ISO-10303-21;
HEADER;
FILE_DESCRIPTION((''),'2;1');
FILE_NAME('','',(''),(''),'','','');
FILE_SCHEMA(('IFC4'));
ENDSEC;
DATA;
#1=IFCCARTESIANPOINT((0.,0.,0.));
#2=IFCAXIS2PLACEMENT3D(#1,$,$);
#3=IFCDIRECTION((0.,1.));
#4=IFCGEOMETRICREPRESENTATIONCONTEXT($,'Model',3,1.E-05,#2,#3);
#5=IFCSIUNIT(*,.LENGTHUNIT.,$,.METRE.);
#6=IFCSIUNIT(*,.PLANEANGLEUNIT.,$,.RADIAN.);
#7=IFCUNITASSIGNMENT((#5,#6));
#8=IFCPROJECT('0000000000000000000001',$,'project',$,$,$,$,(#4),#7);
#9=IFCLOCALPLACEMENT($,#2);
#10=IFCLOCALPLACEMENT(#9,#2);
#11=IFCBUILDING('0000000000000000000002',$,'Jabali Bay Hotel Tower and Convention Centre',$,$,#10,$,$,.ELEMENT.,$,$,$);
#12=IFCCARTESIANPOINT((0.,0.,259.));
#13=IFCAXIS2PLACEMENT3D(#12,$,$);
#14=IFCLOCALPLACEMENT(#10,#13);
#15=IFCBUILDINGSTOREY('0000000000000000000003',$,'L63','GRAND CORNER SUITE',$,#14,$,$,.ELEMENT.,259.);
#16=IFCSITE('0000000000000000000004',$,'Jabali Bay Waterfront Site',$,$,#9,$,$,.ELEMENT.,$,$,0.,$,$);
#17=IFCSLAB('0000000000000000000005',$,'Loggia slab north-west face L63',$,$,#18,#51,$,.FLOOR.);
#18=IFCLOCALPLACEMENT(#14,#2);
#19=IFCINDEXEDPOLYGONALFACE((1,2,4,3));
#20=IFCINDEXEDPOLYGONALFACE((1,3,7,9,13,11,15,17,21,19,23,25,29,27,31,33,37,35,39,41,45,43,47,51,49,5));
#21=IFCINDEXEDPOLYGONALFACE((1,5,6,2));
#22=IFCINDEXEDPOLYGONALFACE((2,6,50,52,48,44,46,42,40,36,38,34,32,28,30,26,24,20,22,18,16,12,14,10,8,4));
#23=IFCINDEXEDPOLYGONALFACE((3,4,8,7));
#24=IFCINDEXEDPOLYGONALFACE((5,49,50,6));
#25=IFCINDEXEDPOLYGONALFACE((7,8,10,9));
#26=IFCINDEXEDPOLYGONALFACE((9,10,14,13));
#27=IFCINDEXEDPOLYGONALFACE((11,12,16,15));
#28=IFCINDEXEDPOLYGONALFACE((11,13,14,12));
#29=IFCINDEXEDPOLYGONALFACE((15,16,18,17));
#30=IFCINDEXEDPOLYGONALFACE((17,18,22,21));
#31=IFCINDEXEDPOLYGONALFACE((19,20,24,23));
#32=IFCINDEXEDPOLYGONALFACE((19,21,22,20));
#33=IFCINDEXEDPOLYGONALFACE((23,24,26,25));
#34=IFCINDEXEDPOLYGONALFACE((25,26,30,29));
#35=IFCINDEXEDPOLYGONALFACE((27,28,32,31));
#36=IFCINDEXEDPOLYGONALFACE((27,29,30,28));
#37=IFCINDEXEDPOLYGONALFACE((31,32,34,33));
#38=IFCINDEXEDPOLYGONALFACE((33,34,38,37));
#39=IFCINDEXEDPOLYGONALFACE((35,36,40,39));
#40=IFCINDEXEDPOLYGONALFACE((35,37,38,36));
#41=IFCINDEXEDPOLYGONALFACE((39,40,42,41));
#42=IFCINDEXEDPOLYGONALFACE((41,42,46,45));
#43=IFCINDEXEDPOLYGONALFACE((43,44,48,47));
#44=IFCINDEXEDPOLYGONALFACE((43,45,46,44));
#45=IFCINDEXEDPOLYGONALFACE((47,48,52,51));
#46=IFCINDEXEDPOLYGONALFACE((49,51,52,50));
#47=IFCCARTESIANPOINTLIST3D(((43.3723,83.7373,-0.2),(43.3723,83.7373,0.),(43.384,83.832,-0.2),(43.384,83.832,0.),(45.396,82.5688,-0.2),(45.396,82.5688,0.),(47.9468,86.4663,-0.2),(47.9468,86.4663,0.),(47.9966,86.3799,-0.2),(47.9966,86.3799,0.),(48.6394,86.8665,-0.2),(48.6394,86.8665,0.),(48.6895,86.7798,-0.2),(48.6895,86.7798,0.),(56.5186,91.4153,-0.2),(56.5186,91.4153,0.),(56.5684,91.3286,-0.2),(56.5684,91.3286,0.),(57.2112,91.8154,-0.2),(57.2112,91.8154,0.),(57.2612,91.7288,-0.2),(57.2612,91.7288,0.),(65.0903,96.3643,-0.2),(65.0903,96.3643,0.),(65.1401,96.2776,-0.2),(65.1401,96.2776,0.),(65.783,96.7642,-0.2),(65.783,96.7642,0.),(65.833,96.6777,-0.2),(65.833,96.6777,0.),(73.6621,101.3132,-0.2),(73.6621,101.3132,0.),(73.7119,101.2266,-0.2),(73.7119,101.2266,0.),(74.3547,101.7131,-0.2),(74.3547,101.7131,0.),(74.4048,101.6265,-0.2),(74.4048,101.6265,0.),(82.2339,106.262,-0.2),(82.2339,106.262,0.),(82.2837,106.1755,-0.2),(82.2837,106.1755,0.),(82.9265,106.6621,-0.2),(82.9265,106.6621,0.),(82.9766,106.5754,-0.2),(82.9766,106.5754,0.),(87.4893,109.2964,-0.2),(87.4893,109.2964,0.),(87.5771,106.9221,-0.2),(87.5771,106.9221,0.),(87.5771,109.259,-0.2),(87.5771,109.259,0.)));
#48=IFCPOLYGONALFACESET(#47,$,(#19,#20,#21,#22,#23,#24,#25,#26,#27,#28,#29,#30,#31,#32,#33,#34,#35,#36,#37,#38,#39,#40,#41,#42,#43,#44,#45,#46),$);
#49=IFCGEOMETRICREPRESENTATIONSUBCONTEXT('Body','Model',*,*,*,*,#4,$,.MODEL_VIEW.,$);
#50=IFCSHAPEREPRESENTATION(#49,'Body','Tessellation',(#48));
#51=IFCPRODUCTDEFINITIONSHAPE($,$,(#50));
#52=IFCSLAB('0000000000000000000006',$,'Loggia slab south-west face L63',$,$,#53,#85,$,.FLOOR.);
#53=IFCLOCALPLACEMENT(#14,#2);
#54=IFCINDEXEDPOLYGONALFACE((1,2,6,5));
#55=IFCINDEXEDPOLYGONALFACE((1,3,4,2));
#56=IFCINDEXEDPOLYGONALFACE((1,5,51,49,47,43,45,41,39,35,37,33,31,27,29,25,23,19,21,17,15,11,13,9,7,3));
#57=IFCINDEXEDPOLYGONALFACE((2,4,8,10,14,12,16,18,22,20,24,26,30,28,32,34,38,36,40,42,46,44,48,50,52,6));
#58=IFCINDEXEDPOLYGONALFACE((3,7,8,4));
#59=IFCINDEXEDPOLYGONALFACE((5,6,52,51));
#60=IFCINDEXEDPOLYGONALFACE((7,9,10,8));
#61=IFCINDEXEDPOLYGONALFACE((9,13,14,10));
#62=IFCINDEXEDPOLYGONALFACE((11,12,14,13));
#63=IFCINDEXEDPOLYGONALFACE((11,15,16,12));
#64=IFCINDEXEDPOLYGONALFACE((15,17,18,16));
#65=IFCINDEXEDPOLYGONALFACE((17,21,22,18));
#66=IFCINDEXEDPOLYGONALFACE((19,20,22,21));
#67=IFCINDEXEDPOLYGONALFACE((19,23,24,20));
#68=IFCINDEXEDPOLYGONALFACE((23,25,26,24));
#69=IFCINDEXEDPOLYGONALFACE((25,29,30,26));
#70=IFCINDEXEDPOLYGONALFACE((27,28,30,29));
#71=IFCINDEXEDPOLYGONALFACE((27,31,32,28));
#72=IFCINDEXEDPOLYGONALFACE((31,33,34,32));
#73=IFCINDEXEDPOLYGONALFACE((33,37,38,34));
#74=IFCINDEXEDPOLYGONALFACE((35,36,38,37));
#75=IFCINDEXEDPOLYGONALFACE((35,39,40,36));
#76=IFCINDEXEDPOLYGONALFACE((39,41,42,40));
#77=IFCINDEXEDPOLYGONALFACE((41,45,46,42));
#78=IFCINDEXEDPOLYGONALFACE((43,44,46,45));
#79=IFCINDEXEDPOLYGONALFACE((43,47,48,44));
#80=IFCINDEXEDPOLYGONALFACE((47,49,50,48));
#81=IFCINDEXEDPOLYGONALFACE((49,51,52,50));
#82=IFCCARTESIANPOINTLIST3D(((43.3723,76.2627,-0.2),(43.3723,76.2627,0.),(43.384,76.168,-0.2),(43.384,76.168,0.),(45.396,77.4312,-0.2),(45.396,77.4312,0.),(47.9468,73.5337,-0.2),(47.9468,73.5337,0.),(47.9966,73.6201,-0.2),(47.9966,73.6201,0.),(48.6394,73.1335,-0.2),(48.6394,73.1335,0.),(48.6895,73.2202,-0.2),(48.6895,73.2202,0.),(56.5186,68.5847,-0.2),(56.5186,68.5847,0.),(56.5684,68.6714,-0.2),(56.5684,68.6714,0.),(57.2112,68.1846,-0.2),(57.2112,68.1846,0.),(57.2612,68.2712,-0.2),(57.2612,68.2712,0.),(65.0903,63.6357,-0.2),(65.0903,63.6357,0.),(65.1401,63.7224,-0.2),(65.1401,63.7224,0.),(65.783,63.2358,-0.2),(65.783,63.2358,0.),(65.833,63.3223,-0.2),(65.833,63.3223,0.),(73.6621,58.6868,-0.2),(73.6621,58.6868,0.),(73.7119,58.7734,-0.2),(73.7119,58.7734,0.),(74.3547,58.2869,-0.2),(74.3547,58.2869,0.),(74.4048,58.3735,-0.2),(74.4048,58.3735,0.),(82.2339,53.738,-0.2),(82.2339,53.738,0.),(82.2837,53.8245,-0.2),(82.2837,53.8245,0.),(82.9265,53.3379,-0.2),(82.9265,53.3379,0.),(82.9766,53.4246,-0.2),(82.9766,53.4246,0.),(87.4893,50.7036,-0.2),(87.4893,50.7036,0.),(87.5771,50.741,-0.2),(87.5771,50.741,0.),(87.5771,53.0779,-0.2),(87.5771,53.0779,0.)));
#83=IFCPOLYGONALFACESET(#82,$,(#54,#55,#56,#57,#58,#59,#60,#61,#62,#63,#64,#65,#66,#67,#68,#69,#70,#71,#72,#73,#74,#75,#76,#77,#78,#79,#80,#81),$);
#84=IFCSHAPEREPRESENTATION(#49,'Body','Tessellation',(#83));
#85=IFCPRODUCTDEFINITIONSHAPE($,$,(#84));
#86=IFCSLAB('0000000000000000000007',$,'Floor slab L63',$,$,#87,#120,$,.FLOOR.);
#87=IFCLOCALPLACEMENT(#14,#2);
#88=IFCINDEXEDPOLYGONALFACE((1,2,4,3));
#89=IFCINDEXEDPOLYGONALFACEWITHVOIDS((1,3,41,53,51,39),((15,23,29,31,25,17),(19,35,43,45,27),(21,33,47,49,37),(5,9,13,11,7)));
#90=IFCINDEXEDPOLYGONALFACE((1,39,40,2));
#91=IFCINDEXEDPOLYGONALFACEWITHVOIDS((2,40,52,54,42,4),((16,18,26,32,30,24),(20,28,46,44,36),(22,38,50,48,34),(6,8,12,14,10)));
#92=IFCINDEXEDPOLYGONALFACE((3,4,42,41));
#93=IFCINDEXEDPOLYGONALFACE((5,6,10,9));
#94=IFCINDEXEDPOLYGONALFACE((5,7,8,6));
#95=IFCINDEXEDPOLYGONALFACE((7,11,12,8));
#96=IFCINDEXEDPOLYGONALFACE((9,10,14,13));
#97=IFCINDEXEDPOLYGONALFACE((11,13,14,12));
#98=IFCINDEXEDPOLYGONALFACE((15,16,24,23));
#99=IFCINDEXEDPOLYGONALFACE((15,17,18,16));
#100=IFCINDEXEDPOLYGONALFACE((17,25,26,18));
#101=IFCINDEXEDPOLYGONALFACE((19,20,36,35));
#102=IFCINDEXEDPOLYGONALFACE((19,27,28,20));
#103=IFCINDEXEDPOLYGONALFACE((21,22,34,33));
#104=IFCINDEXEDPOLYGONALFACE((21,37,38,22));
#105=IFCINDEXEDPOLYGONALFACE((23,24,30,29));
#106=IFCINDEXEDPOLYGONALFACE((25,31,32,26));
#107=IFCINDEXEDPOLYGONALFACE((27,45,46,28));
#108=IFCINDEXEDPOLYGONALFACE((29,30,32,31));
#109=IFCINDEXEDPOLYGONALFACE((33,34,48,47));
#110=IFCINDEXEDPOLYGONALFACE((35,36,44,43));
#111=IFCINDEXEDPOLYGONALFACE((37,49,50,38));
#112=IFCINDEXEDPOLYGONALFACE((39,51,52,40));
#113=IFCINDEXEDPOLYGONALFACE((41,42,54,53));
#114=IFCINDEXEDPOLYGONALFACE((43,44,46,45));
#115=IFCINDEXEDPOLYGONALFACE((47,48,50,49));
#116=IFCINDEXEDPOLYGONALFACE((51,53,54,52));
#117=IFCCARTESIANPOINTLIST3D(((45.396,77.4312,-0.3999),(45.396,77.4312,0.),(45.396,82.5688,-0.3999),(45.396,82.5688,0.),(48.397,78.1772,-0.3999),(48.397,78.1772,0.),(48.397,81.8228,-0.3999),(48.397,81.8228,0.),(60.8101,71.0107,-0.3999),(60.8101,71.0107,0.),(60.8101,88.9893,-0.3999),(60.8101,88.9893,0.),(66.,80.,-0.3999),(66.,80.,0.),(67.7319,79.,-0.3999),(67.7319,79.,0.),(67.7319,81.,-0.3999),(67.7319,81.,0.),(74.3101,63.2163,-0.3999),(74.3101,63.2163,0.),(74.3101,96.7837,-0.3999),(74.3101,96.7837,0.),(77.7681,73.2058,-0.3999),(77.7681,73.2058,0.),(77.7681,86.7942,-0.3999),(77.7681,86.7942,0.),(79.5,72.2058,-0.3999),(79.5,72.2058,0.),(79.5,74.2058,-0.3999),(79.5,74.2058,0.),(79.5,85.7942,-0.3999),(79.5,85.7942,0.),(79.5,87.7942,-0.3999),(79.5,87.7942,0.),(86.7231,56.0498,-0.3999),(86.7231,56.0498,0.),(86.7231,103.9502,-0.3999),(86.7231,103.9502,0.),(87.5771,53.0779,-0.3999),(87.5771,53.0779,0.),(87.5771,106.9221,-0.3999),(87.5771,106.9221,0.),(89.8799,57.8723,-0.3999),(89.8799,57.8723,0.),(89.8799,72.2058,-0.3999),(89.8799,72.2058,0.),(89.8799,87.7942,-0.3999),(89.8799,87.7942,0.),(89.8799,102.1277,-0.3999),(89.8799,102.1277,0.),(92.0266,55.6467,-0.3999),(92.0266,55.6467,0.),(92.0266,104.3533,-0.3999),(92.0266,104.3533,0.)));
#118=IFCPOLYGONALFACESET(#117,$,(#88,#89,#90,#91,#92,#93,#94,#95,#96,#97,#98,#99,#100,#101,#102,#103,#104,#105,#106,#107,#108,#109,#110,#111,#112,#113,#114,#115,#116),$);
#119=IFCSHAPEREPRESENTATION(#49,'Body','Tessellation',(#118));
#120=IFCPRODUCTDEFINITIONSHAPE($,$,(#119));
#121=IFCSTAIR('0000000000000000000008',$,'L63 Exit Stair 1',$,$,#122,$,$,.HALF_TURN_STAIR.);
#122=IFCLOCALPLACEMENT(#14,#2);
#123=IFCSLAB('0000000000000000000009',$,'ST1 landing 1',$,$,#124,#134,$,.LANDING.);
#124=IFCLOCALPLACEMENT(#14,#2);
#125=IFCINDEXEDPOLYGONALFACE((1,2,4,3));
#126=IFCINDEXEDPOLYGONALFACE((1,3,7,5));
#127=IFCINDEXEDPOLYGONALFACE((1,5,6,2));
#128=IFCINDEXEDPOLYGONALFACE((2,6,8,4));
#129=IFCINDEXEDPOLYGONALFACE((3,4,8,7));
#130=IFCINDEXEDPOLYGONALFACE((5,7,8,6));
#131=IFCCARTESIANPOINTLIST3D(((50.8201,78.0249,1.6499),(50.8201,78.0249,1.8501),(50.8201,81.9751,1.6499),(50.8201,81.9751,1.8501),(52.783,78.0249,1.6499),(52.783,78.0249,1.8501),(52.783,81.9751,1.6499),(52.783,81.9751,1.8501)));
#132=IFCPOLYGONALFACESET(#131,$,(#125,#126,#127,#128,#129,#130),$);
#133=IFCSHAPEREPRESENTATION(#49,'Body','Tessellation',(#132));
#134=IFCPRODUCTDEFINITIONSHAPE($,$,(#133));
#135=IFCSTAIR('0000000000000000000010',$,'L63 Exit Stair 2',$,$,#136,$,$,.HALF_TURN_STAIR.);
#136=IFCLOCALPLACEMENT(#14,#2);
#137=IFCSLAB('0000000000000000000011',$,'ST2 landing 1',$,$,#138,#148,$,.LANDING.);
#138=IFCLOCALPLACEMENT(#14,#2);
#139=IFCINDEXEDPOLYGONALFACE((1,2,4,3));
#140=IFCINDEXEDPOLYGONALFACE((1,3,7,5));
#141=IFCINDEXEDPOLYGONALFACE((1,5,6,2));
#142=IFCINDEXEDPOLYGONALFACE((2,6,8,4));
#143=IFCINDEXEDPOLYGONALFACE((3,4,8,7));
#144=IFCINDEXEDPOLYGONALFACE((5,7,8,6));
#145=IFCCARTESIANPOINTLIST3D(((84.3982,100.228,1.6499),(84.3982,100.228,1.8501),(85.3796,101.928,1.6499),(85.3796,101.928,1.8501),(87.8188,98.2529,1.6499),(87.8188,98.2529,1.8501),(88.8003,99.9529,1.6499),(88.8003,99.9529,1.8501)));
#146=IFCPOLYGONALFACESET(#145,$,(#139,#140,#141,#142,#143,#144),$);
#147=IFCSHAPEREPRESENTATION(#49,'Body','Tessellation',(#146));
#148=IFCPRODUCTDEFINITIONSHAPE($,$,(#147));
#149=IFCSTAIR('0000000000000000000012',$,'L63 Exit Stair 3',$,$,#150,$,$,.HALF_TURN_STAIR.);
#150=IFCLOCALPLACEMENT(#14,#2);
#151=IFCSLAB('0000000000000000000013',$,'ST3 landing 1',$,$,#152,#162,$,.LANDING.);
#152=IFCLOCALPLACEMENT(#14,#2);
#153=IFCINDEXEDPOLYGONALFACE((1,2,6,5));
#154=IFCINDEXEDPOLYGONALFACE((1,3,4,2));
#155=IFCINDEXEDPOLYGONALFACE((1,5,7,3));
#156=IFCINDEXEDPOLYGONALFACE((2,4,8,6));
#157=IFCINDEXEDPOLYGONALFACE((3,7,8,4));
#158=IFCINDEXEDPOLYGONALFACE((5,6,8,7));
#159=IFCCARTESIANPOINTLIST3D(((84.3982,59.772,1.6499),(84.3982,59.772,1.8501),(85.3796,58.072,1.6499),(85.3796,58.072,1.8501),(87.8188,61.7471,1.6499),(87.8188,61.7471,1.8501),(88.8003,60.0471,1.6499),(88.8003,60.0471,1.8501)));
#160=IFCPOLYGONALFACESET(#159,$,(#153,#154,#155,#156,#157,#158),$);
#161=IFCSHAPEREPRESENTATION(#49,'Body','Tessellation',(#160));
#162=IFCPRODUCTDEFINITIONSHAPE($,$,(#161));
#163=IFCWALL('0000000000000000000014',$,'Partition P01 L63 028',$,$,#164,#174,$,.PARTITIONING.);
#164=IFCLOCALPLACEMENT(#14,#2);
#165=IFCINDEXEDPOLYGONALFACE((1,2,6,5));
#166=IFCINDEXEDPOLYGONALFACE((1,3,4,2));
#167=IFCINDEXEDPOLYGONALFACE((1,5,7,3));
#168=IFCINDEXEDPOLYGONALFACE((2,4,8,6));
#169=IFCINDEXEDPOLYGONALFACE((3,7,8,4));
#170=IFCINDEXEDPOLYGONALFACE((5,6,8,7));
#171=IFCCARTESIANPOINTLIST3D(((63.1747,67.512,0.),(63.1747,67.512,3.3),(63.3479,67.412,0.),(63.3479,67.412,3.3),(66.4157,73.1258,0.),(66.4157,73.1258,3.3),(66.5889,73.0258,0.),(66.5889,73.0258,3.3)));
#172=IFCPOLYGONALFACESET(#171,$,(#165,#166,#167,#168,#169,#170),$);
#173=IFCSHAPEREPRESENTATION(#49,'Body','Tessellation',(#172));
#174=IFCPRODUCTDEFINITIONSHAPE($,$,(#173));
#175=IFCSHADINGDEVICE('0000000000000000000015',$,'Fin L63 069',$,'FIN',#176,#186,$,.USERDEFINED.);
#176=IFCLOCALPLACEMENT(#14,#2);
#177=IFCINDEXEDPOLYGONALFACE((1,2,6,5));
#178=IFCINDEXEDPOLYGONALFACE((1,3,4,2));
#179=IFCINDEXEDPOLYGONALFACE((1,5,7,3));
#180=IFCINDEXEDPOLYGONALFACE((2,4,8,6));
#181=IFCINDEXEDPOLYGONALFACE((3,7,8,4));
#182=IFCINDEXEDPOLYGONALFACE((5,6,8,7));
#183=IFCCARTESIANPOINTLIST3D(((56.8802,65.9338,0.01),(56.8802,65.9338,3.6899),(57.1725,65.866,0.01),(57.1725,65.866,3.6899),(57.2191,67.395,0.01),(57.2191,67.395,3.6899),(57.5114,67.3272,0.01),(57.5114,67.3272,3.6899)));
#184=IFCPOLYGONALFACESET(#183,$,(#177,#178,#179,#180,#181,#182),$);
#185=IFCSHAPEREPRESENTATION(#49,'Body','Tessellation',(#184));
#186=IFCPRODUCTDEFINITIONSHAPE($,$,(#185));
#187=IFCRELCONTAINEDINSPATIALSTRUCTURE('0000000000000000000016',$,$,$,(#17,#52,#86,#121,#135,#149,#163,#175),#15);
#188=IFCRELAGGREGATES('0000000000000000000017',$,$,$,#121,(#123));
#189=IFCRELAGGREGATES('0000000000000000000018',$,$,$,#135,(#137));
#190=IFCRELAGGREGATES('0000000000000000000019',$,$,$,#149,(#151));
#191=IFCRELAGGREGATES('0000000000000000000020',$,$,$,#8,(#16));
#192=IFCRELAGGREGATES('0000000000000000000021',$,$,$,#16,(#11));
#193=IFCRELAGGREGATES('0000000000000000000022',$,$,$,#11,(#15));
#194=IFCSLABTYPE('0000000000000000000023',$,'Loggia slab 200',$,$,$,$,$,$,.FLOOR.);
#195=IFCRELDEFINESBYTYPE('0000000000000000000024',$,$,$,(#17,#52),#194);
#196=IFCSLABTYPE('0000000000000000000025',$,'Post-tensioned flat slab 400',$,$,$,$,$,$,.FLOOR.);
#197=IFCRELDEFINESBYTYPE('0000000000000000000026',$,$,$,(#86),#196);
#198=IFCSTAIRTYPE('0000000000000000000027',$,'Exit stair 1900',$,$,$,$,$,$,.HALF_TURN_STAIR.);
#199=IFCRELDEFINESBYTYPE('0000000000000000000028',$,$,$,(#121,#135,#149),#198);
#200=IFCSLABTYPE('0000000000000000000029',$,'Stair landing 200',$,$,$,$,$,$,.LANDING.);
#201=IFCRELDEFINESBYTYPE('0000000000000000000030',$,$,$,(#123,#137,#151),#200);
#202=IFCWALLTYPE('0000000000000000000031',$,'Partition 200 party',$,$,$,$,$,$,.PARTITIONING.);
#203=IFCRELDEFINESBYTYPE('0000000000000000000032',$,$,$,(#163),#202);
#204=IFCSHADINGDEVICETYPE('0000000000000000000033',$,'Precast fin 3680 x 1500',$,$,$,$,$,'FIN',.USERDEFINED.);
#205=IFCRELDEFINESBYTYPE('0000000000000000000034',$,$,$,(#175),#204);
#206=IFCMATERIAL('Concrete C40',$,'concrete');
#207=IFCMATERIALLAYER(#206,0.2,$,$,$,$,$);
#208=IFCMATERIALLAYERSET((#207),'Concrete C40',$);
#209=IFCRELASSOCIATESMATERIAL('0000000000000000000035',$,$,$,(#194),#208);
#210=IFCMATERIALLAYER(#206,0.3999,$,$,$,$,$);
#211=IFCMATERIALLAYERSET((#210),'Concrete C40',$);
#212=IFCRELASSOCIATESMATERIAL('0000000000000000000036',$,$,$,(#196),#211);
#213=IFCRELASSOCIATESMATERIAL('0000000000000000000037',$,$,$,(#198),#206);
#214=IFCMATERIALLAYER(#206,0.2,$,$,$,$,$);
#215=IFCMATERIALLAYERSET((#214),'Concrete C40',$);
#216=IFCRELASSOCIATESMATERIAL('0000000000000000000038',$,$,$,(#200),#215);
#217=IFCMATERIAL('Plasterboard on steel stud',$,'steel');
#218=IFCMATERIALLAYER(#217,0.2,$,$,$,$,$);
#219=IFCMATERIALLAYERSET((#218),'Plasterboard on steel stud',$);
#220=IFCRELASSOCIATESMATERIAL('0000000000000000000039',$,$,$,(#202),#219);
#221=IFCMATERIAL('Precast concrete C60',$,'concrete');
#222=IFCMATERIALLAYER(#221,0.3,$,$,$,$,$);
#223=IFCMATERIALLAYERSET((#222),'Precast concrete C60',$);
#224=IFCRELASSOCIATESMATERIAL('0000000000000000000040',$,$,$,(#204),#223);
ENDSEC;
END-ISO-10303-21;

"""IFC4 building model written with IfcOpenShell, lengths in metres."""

from ifc_helpers import new_model, si_unit, direction, frame, frame_2d, origin, place, context, subcontext, project, spatial, polyline, rectangle, outline, extrude, material, layer, layer_set, type_object, element, aggregate, save


model = new_model("IFC4")

# Units and contexts
model_context = context("Model", 3, precision=1e-05, world=origin(), true_north=direction((0.0, 1.0)))
body_context = subcontext(model_context, "Body", "Model", "MODEL_VIEW")
ifc_project = project(units=[si_unit("LENGTHUNIT", "METRE"), si_unit("PLANEANGLEUNIT", "RADIAN")], contexts=[model_context])

# Site, building, storey
site_placement = place(None, origin())
site = spatial("IfcSite", under=ifc_project, at=site_placement, Name="Jabali Bay Waterfront Site", CompositionType="ELEMENT", RefElevation=0.0)
building_placement = place(site_placement, origin())
building = spatial("IfcBuilding", under=site, at=building_placement, Name="Jabali Bay Hotel Tower and Convention Centre", CompositionType="ELEMENT")
storey_placement = place(building_placement, frame((0.0, 0.0, 259.0)))
storey = spatial("IfcBuildingStorey", under=building, at=storey_placement, Name="L63", Description="GRAND CORNER SUITE", CompositionType="ELEMENT", Elevation=259.0)

# Slabs
ifc_material_1 = material(Name="Concrete C40", Category="concrete")
ifc_layer_1 = layer(ifc_material_1, 0.2)
ifc_layer_set_1 = layer_set([ifc_layer_1], Name="Concrete C40")
slab_type_1 = type_object("IfcSlabType", Name="Loggia slab 200", PredefinedType="FLOOR", material=ifc_layer_set_1)
slab_1_placement = place(storey_placement, frame((0.0, 0.0, -0.2)))
element("IfcSlab", 1, at=slab_1_placement, inside=storey, type_object=slab_type_1, Name="Loggia slab north-west face L63", PredefinedType="FLOOR", context=body_context, shape_type="SweptSolid", body=[
    extrude(outline(polyline([(45.396, 82.5688), (43.3723, 83.7373), (43.384, 83.832), (47.9468, 86.4663), (47.9966, 86.3799), (48.6895, 86.7798), (48.6394, 86.8665), (56.5186, 91.4153), (56.5684, 91.3286), (57.2612, 91.7288), (57.2112, 91.8154), (65.0903, 96.3643), (65.1401, 96.2776), (65.833, 96.6777), (65.783, 96.7642), (73.6621, 101.3132), (73.7119, 101.2266), (74.4048, 101.6265), (74.3547, 101.7131), (82.2339, 106.262), (82.2837, 106.1755), (82.9766, 106.5754), (82.9265, 106.6621), (87.4893, 109.2964), (87.5771, 109.259), (87.5771, 106.9221), (45.396, 82.5688)])), origin(), (0.0, 0.0, 1.0), 0.2),
])
slab_2_placement = place(storey_placement, frame((0.0, 0.0, -0.2)))
element("IfcSlab", 2, at=slab_2_placement, inside=storey, type_object=slab_type_1, Name="Loggia slab south-west face L63", PredefinedType="FLOOR", context=body_context, shape_type="SweptSolid", body=[
    extrude(outline(polyline([(87.5771, 53.0779), (87.5771, 50.741), (87.4893, 50.7036), (82.9265, 53.3379), (82.9766, 53.4246), (82.2837, 53.8245), (82.2339, 53.738), (74.3547, 58.2869), (74.4048, 58.3735), (73.7119, 58.7734), (73.6621, 58.6868), (65.783, 63.2358), (65.833, 63.3223), (65.1401, 63.7224), (65.0903, 63.6357), (57.2112, 68.1846), (57.2612, 68.2712), (56.5684, 68.6714), (56.5186, 68.5847), (48.6394, 73.1335), (48.6895, 73.2202), (47.9966, 73.6201), (47.9468, 73.5337), (43.384, 76.168), (43.3723, 76.2627), (45.396, 77.4312), (87.5771, 53.0779)])), origin(), (0.0, 0.0, 1.0), 0.2),
])
ifc_layer_2 = layer(ifc_material_1, 0.3999)
ifc_layer_set_2 = layer_set([ifc_layer_2], Name="Concrete C40")
slab_type_2 = type_object("IfcSlabType", Name="Post-tensioned flat slab 400", PredefinedType="FLOOR", material=ifc_layer_set_2)
slab_3_placement = place(storey_placement, frame((0.0, 0.0, -0.3999)))
element("IfcSlab", 3, at=slab_3_placement, inside=storey, type_object=slab_type_2, Name="Floor slab L63", PredefinedType="FLOOR", context=body_context, shape_type="SweptSolid", body=[
    extrude(outline(polyline([(87.5771, 106.9221), (92.0266, 104.3533), (92.0266, 55.6467), (87.5771, 53.0779), (45.396, 77.4312), (45.396, 82.5688), (87.5771, 106.9221)]), holes=[polyline([(67.7319, 79.0), (77.7681, 73.2058), (79.5, 74.2058), (79.5, 85.7942), (77.7681, 86.7942), (67.7319, 81.0), (67.7319, 79.0)]), polyline([(48.397, 78.1772), (60.8101, 71.0107), (66.0, 80.0), (60.8101, 88.9893), (48.397, 81.8228), (48.397, 78.1772)]), polyline([(89.8799, 102.1277), (86.7231, 103.9502), (74.3101, 96.7837), (79.5, 87.7942), (89.8799, 87.7942), (89.8799, 102.1277)]), polyline([(74.3101, 63.2163), (86.7231, 56.0498), (89.8799, 57.8723), (89.8799, 72.2058), (79.5, 72.2058), (74.3101, 63.2163)])]), origin(), (0.0, 0.0, 1.0), 0.3999),
])

# Stairs, slabs
stair_type = type_object("IfcStairType", Name="Exit stair 1900", PredefinedType="HALF_TURN_STAIR", material=ifc_material_1)
stair_1_placement = place(storey_placement, origin())
stair_1 = element("IfcStair", 4, at=stair_1_placement, inside=storey, type_object=stair_type, Name="L63 Exit Stair 1", PredefinedType="HALF_TURN_STAIR")
ifc_layer_3 = layer(ifc_material_1, 0.2)
ifc_layer_set_3 = layer_set([ifc_layer_3], Name="Concrete C40")
slab_type_3 = type_object("IfcSlabType", Name="Stair landing 200", PredefinedType="LANDING", material=ifc_layer_set_3)
slab_4_placement = place(storey_placement, frame((0.0, 0.0, 1.6499)))
slab_4 = element("IfcSlab", 5, at=slab_4_placement, type_object=slab_type_3, Name="ST1 landing 1", PredefinedType="LANDING", context=body_context, shape_type="SweptSolid", body=[
    extrude(outline(polyline([(52.783, 81.9751), (50.8201, 81.9751), (50.8201, 78.0249), (52.783, 78.0249), (52.783, 81.9751)])), origin(), (0.0, 0.0, 1.0), 0.2002),
])
aggregate(stair_1, [slab_4])
stair_2_placement = place(storey_placement, origin())
stair_2 = element("IfcStair", 6, at=stair_2_placement, inside=storey, type_object=stair_type, Name="L63 Exit Stair 2", PredefinedType="HALF_TURN_STAIR")
slab_5_placement = place(storey_placement, frame((0.0, 0.0, 1.6499)))
slab_5 = element("IfcSlab", 7, at=slab_5_placement, type_object=slab_type_3, Name="ST2 landing 1", PredefinedType="LANDING", context=body_context, shape_type="SweptSolid", body=[
    extrude(outline(polyline([(87.8188, 98.2529), (88.8003, 99.9529), (85.3796, 101.928), (84.3982, 100.228), (87.8188, 98.2529)])), origin(), (0.0, 0.0, 1.0), 0.2002),
])
aggregate(stair_2, [slab_5])
stair_3_placement = place(storey_placement, origin())
stair_3 = element("IfcStair", 8, at=stair_3_placement, inside=storey, type_object=stair_type, Name="L63 Exit Stair 3", PredefinedType="HALF_TURN_STAIR")
slab_6_placement = place(storey_placement, frame((0.0, 0.0, 1.6499)))
slab_6 = element("IfcSlab", 9, at=slab_6_placement, type_object=slab_type_3, Name="ST3 landing 1", PredefinedType="LANDING", context=body_context, shape_type="SweptSolid", body=[
    extrude(outline(polyline([(84.3982, 59.772), (85.3796, 58.072), (88.8003, 60.0471), (87.8188, 61.7471), (84.3982, 59.772)])), origin(), (0.0, 0.0, 1.0), 0.2002),
])
aggregate(stair_3, [slab_6])

# Wall
ifc_material_2 = material(Name="Plasterboard on steel stud", Category="steel")
ifc_layer_4 = layer(ifc_material_2, 0.2)
ifc_layer_set_4 = layer_set([ifc_layer_4], Name="Plasterboard on steel stud")
wall_type = type_object("IfcWallType", Name="Partition 200 party", PredefinedType="PARTITIONING", material=ifc_layer_set_4)
wall_placement = place(storey_placement, frame((63.2612, 67.4619, 0.0), z_axis=(0.0, 0.0, 1.0), x_axis=(0.499983, 0.866035, 0.0)))
element("IfcWall", 10, at=wall_placement, inside=storey, type_object=wall_type, Name="Partition P01 L63 028", PredefinedType="PARTITIONING", context=body_context, shape_type="SweptSolid", body=[
    extrude(rectangle(XDim=6.4822, YDim=0.2, at=frame_2d((3.2412, 0.0))), origin(), (0.0, 0.0, 1.0), 3.3),
])

# Shading device
ifc_material_3 = material(Name="Precast concrete C60", Category="concrete")
ifc_layer_5 = layer(ifc_material_3, 0.3)
ifc_layer_set_5 = layer_set([ifc_layer_5], Name="Precast concrete C60")
shading_device_type = type_object("IfcShadingDeviceType", Name="Precast fin 3680 x 1500", ElementType="FIN", PredefinedType="USERDEFINED", material=ifc_layer_set_5)
for number, where, z_axis, x_axis, name in (
    (11, (57.3652, 67.3611, 0.01), (0.0, 0.0, 1.0), (-0.225917, -0.974146, 0.0), "Fin L63 069"),
):
    element("IfcShadingDevice", number, at=place(storey_placement, frame(where, z_axis=z_axis, x_axis=x_axis)), inside=storey, type_object=shading_device_type, Name=name, ObjectType="FIN", PredefinedType="USERDEFINED", context=body_context, shape_type="SweptSolid", body=[
        extrude(rectangle(XDim=1.5, YDim=0.3, at=frame_2d((0.75, 0.0))), origin(), (0.0, 0.0, 1.0), 3.6799),
    ])

save(model, "model.ifc")
